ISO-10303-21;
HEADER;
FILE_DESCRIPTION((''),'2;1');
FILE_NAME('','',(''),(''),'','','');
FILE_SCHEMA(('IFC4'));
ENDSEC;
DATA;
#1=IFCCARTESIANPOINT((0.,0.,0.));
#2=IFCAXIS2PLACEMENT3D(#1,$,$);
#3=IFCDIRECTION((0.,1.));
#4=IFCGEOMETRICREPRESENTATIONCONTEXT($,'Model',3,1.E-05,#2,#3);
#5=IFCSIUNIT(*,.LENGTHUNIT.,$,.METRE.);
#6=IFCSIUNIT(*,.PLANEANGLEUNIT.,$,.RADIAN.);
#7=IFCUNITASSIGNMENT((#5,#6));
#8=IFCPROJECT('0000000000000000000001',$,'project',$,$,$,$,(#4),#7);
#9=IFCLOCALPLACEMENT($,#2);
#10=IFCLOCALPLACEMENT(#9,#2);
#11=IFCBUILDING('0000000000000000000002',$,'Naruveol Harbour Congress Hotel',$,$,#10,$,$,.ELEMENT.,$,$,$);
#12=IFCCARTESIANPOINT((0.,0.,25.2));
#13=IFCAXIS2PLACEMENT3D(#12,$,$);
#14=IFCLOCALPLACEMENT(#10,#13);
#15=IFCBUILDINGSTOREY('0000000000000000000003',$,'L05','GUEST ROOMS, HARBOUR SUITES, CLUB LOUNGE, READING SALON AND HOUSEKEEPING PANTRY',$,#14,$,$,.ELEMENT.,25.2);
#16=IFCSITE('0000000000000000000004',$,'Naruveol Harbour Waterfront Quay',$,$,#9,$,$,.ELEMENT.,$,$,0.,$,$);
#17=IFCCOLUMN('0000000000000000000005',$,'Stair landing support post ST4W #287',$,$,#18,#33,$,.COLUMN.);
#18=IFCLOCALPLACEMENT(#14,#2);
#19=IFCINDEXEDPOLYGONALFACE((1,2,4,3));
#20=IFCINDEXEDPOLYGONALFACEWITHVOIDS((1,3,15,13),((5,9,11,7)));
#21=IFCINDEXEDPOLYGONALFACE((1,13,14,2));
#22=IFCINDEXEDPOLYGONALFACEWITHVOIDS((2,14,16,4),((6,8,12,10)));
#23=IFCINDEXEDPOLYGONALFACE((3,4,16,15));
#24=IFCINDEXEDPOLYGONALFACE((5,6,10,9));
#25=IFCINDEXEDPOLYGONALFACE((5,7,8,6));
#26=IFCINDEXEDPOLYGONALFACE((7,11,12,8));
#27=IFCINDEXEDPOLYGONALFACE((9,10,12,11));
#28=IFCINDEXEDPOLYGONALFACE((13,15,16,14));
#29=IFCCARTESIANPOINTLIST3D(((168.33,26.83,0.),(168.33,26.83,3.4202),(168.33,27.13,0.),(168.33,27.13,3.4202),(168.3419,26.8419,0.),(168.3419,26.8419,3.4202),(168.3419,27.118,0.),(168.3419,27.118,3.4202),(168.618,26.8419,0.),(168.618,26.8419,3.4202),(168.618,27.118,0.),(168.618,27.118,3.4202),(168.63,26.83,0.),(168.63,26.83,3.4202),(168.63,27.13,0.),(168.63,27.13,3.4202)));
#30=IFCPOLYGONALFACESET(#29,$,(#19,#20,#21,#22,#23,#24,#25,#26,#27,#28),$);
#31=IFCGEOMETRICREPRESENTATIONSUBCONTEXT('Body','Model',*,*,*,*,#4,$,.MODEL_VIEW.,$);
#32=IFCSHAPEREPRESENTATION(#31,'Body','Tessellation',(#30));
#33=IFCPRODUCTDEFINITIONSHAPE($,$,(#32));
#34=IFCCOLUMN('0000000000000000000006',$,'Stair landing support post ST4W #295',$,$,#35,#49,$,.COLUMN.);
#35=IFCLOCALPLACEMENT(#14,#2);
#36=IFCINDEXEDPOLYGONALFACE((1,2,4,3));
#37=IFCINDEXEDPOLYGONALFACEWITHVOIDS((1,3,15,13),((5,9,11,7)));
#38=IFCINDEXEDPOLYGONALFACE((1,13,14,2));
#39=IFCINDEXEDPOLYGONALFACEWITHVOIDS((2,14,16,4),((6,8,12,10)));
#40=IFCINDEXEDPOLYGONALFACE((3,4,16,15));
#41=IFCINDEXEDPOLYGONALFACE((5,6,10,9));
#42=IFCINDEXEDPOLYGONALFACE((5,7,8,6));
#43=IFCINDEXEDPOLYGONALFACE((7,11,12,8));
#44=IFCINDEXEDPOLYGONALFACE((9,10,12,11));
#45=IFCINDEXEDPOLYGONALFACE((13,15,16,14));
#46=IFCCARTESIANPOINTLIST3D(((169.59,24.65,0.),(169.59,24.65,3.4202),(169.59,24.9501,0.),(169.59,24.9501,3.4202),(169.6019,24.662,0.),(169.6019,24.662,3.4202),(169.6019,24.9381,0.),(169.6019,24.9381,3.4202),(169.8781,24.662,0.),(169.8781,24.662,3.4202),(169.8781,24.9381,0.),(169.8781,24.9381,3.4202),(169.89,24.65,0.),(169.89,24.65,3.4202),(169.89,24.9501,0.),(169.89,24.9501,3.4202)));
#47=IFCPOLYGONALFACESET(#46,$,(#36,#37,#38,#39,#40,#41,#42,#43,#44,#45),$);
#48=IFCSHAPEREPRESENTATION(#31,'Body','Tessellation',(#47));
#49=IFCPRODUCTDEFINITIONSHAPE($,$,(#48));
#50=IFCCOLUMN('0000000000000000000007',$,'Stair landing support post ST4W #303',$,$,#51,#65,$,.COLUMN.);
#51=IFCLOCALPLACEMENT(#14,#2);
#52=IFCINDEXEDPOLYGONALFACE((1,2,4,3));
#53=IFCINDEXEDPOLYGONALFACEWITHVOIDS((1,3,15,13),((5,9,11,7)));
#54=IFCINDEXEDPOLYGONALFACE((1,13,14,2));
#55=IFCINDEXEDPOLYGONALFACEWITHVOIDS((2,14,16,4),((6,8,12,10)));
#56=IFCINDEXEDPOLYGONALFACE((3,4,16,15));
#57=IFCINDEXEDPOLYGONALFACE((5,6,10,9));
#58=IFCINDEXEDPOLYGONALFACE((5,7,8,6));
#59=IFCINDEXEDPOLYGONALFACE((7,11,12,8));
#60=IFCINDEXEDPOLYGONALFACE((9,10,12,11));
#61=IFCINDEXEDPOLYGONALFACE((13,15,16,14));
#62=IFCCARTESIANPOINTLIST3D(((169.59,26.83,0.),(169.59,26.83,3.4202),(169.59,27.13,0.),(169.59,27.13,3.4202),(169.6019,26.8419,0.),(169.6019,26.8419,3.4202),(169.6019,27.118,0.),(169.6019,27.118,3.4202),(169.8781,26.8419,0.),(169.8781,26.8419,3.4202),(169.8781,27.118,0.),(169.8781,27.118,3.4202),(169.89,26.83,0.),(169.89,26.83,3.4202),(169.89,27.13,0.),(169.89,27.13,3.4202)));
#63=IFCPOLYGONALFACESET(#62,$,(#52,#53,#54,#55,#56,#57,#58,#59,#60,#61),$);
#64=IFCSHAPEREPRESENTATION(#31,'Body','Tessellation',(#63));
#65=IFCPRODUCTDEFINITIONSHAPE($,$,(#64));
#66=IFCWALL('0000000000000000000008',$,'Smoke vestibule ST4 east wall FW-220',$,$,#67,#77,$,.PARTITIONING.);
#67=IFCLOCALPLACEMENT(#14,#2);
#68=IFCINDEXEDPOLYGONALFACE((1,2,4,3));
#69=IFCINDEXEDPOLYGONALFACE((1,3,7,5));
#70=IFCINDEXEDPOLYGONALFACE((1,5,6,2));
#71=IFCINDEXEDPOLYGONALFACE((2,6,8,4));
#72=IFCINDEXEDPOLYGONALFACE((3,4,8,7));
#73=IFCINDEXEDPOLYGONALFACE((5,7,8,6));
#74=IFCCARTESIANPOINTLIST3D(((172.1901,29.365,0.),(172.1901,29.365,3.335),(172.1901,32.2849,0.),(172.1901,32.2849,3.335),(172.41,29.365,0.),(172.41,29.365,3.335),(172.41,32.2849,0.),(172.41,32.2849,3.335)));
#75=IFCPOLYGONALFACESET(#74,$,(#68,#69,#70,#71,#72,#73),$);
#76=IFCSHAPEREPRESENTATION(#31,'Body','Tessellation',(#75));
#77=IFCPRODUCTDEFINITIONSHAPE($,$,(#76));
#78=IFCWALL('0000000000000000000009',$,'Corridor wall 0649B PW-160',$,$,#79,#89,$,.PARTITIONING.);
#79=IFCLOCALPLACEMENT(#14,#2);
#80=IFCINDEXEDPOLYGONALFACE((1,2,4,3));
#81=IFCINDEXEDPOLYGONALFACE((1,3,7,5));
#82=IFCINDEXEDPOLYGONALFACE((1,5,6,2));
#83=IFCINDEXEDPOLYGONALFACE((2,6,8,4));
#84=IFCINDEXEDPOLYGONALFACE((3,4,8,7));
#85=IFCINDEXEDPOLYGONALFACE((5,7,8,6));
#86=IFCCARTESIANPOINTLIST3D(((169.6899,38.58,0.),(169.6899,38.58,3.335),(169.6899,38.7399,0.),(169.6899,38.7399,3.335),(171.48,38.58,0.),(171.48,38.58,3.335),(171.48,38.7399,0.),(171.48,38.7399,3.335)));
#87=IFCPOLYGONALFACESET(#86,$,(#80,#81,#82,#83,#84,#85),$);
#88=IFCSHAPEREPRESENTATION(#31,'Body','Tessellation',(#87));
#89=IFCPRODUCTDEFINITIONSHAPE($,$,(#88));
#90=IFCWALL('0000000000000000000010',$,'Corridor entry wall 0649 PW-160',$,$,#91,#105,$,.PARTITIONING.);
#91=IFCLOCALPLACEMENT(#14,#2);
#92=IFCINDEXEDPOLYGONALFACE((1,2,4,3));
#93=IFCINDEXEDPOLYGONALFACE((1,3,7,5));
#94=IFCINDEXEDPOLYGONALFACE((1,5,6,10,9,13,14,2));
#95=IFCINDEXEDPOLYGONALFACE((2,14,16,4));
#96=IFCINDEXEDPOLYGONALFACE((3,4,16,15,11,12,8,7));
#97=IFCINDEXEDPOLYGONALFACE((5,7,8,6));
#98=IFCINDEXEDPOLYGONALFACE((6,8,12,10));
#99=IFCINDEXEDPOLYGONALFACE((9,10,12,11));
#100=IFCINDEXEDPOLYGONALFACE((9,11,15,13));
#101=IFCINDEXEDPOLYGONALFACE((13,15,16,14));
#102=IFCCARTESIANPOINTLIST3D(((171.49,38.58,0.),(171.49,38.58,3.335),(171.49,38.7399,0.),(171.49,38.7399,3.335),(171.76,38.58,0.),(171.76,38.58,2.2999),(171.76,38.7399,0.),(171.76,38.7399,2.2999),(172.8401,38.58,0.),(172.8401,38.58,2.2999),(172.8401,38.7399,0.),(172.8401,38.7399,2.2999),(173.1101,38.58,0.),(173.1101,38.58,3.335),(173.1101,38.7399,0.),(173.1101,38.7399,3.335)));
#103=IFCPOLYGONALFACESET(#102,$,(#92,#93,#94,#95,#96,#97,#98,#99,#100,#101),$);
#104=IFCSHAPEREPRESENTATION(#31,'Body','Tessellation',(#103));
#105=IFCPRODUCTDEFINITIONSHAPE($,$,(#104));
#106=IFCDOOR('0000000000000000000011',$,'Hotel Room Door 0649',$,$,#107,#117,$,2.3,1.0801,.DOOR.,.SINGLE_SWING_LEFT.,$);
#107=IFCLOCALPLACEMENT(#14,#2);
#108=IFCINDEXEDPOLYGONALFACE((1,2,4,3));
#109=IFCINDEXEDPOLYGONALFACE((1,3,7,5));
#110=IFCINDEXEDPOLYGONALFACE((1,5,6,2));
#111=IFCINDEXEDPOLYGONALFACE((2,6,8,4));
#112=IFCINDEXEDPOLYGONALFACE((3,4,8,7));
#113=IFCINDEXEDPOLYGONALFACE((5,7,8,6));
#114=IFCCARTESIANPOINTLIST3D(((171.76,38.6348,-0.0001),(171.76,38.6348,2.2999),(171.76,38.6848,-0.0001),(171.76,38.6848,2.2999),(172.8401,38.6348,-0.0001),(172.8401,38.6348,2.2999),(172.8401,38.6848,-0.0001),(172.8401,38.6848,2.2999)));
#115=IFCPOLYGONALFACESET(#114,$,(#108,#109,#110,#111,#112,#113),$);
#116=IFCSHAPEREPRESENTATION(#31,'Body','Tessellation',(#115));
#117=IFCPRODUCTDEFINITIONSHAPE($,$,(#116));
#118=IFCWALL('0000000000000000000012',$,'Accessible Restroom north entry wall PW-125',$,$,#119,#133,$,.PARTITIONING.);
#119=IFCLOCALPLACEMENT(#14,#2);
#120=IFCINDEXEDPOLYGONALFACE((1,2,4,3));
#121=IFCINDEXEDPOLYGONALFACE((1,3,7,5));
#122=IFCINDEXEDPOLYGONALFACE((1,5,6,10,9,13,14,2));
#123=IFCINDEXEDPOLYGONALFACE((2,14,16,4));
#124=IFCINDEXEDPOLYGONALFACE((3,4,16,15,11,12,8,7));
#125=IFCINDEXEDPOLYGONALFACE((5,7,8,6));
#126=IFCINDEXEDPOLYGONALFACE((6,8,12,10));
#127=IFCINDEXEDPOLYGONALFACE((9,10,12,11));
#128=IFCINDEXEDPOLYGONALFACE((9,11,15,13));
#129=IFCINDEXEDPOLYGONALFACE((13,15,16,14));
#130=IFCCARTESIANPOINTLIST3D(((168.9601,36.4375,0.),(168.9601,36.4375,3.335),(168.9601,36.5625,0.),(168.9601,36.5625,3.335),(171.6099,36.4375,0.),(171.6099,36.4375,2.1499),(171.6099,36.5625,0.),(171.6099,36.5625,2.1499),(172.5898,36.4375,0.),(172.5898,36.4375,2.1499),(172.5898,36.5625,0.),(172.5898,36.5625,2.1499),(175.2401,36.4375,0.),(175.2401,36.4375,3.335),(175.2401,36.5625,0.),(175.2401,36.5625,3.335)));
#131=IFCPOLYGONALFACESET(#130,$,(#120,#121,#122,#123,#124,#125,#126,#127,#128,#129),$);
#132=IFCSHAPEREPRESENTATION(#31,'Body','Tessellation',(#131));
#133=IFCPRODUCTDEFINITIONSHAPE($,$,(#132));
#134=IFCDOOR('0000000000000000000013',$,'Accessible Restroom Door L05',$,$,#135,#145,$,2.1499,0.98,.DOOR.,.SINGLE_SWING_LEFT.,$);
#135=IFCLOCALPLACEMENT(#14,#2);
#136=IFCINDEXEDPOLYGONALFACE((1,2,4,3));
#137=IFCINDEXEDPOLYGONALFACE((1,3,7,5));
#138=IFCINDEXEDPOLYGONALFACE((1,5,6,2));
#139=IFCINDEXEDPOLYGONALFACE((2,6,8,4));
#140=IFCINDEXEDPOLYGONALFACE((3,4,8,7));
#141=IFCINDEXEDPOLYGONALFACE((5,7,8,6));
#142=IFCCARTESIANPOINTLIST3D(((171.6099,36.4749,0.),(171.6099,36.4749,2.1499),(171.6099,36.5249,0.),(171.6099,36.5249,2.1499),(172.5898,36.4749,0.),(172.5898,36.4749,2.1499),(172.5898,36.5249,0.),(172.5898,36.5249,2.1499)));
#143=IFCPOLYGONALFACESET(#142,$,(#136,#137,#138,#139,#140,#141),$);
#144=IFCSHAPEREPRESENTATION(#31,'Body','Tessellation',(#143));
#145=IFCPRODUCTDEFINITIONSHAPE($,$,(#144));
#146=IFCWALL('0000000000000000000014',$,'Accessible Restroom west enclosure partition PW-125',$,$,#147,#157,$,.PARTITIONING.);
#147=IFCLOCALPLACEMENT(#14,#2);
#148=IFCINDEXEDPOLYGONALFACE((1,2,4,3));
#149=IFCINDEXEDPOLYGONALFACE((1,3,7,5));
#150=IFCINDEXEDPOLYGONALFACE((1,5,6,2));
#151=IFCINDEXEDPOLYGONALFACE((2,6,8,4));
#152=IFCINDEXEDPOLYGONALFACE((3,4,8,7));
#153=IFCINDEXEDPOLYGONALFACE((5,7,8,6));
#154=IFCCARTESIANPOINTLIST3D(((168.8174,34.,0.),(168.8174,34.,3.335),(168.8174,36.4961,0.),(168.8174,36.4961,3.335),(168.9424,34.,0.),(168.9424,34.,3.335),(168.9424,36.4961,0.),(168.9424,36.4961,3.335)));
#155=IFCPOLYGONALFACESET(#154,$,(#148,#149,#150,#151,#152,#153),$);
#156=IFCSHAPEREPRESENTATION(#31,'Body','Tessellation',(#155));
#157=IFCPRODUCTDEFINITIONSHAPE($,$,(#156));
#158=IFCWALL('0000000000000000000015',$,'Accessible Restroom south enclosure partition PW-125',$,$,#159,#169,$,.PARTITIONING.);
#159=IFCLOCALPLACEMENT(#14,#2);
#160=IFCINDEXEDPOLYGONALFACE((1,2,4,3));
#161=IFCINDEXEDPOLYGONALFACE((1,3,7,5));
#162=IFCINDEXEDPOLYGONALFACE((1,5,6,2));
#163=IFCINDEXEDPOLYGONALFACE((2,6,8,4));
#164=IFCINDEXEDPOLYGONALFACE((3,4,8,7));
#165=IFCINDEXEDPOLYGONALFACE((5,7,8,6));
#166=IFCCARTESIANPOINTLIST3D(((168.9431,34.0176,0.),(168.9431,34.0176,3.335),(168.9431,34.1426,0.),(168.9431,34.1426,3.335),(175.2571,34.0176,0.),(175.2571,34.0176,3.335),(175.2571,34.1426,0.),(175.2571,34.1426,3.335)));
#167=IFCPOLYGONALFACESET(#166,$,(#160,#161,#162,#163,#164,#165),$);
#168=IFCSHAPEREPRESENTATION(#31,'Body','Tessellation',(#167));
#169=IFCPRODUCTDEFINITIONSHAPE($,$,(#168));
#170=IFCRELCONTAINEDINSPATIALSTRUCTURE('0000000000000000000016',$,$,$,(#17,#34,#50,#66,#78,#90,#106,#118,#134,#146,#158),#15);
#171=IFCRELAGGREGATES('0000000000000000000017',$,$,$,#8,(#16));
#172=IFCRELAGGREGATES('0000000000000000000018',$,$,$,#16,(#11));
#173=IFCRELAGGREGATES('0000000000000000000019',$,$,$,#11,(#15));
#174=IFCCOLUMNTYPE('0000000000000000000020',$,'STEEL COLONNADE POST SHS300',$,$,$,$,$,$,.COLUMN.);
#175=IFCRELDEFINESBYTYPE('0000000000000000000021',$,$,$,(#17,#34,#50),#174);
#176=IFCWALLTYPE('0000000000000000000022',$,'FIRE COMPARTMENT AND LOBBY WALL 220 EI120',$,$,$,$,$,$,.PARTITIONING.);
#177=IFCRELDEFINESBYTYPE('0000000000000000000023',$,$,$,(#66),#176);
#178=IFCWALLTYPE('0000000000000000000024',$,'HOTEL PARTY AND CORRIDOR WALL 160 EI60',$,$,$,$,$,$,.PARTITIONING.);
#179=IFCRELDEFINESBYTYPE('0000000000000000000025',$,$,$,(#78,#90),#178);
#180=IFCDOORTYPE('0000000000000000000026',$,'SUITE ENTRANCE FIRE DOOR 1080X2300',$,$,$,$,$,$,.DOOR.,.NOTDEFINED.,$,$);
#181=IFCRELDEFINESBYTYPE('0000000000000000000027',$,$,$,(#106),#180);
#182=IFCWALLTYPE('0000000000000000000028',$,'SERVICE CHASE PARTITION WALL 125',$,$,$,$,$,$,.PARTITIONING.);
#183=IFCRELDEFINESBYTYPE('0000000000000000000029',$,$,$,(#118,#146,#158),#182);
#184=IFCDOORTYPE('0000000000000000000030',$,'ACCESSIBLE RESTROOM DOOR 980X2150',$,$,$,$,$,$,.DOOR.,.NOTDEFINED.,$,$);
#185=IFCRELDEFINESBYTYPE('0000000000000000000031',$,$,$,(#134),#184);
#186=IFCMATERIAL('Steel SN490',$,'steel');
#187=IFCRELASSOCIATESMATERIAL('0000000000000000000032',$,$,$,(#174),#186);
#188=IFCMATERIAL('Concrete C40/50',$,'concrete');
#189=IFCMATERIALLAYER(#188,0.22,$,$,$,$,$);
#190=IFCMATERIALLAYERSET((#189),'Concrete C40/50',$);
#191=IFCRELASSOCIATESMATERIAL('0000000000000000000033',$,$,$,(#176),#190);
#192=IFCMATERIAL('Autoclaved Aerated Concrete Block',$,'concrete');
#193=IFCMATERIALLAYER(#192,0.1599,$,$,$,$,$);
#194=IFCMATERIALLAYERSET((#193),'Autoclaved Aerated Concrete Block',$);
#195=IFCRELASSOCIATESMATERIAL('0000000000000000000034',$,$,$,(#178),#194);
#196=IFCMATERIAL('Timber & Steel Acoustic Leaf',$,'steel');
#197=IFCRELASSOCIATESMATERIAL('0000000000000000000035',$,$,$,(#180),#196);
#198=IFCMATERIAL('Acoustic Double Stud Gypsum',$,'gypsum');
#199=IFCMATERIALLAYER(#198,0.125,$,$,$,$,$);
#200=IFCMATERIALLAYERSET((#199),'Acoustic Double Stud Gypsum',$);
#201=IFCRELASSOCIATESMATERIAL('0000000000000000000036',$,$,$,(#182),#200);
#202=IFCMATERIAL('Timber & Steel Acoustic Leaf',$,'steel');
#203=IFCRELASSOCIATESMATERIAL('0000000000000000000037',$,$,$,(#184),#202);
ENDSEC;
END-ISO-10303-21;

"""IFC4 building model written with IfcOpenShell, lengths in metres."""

from ifc_helpers import new_model, si_unit, direction, frame, frame_2d, origin, origin_2d, place, context, subcontext, project, spatial, rectangle, hollow_rectangle, extrude, material, layer, layer_set, material_profile, profile_set, type_object, element, fill, save


model = new_model("IFC4")

# Units and contexts
model_context = context("Model", 3, precision=1e-05, world=origin(), true_north=direction((0.0, 1.0)))
body_context = subcontext(model_context, "Body", "Model", "MODEL_VIEW")
ifc_project = project(units=[si_unit("LENGTHUNIT", "METRE"), si_unit("PLANEANGLEUNIT", "RADIAN")], contexts=[model_context])

# Site, building, storey
site_placement = place(None, origin())
site = spatial("IfcSite", under=ifc_project, at=site_placement, Name="Naruveol Harbour Waterfront Quay", CompositionType="ELEMENT", RefElevation=0.0)
building_placement = place(site_placement, origin())
building = spatial("IfcBuilding", under=site, at=building_placement, Name="Naruveol Harbour Congress Hotel", CompositionType="ELEMENT")
storey_placement = place(building_placement, frame((0.0, 0.0, 25.2)))
storey = spatial("IfcBuildingStorey", under=building, at=storey_placement, Name="L05", Description="GUEST ROOMS, HARBOUR SUITES, CLUB LOUNGE, READING SALON AND HOUSEKEEPING PANTRY", CompositionType="ELEMENT", Elevation=25.2)

# Columns
ifc_material_1 = material(Name="Steel SN490", Category="steel")
ifc_material_profile = material_profile(ifc_material_1, hollow_rectangle(XDim=0.3, YDim=0.3, WallThickness=0.012, at=origin_2d()), Name="SHS-300x300x12")
ifc_profile_set = profile_set([ifc_material_profile], Name="Steel SN490")
column_type = type_object("IfcColumnType", Name="STEEL COLONNADE POST SHS300", PredefinedType="COLUMN", material=ifc_profile_set)
for number, where, z_axis, x_axis, name in (
    (1, (168.48, 26.98, 0.0), (0.0, 0.0, 1.0), (1.0, 0.0, 0.0), "Stair landing support post ST4W #287"),
    (2, (169.74, 24.8, 0.0), (0.0, 0.0, 1.0), (1.0, 0.0, 0.0), "Stair landing support post ST4W #295"),
    (3, (169.74, 26.98, 0.0), (0.0, 0.0, 1.0), (1.0, 0.0, 0.0), "Stair landing support post ST4W #303"),
):
    element("IfcColumn", number, at=place(storey_placement, frame(where, z_axis=z_axis, x_axis=x_axis)), inside=storey, type_object=column_type, Name=name, PredefinedType="COLUMN", context=body_context, shape_type="SweptSolid", body=[
        extrude(hollow_rectangle(XDim=0.3, YDim=0.3, WallThickness=0.012, at=origin_2d()), origin(), (0.0, 0.0, 1.0), 3.4202),
    ])

# Walls
ifc_material_2 = material(Name="Concrete C40/50", Category="concrete")
ifc_layer_1 = layer(ifc_material_2, 0.22)
ifc_layer_set_1 = layer_set([ifc_layer_1], Name="Concrete C40/50")
wall_type_1 = type_object("IfcWallType", Name="FIRE COMPARTMENT AND LOBBY WALL 220 EI120", PredefinedType="PARTITIONING", material=ifc_layer_set_1)
wall_1_placement = place(storey_placement, frame((172.3, 29.365, 0.0), z_axis=(0.0, 0.0, 1.0), x_axis=(0.0, 1.0, 0.0)))
element("IfcWall", 4, at=wall_1_placement, inside=storey, type_object=wall_type_1, Name="Smoke vestibule ST4 east wall FW-220", PredefinedType="PARTITIONING", context=body_context, shape_type="SweptSolid", body=[
    extrude(rectangle(XDim=2.9199, YDim=0.22, at=frame_2d((1.46, 0.0))), origin(), (0.0, 0.0, 1.0), 3.335),
])
ifc_material_3 = material(Name="Autoclaved Aerated Concrete Block", Category="concrete")
ifc_layer_2 = layer(ifc_material_3, 0.1599)
ifc_layer_set_2 = layer_set([ifc_layer_2], Name="Autoclaved Aerated Concrete Block")
wall_type_2 = type_object("IfcWallType", Name="HOTEL PARTY AND CORRIDOR WALL 160 EI60", PredefinedType="PARTITIONING", material=ifc_layer_set_2)
wall_2_placement = place(storey_placement, frame((169.6899, 38.6599, 0.0), z_axis=(0.0, 0.0, 1.0), x_axis=(1.0, 0.0, 0.0)))
element("IfcWall", 5, at=wall_2_placement, inside=storey, type_object=wall_type_2, Name="Corridor wall 0649B PW-160", PredefinedType="PARTITIONING", context=body_context, shape_type="SweptSolid", body=[
    extrude(rectangle(XDim=1.79, YDim=0.1599, at=frame_2d((0.895, 0.0))), origin(), (0.0, 0.0, 1.0), 3.335),
])

# Walls, openings, doors
wall_3_placement = place(storey_placement, frame((171.49, 38.6599, 0.0), z_axis=(0.0, 0.0, 1.0), x_axis=(1.0, 0.0, 0.0)))
wall_3 = element("IfcWall", 6, at=wall_3_placement, inside=storey, type_object=wall_type_2, Name="Corridor entry wall 0649 PW-160", PredefinedType="PARTITIONING", context=body_context, shape_type="SweptSolid", body=[
    extrude(rectangle(XDim=1.6201, YDim=0.1599, at=frame_2d((0.8101, 0.0))), origin(), (0.0, 0.0, 1.0), 3.335),
])
opening_1_placement = place(wall_3_placement, frame((0.27, 0.0, 0.0)))
opening_1 = element("IfcOpeningElement", 7, at=opening_1_placement, cuts=wall_3, PredefinedType="OPENING", context=body_context, shape_type="SweptSolid", body=[
    extrude(rectangle(XDim=1.0801, YDim=2.3, at=frame_2d((0.54, 1.1499))), frame((0.0, 0.0898, 0.0), z_axis=(0.0, -1.0, 0.0), x_axis=(1.0, 0.0, 0.0)), (0.0, 0.0, 1.0), 0.1799),
])
ifc_material_4 = material(Name="Timber & Steel Acoustic Leaf", Category="steel")
door_type_1 = type_object("IfcDoorType", Name="SUITE ENTRANCE FIRE DOOR 1080X2300", OperationType="NOTDEFINED", PredefinedType="DOOR", material=ifc_material_4)
door_1_placement = place(opening_1_placement, origin())
door_1 = element("IfcDoor", 8, at=door_1_placement, inside=storey, type_object=door_type_1, Name="Hotel Room Door 0649", OperationType="SINGLE_SWING_LEFT", OverallHeight=2.3, OverallWidth=1.0801, PredefinedType="DOOR", context=body_context, shape_type="SweptSolid", body=[
    extrude(rectangle(XDim=1.0801, YDim=2.3, at=frame_2d((0.54, 1.1499))), frame((0.0, 0.0249, 0.0), z_axis=(0.0, -1.0, 0.0), x_axis=(1.0, 0.0, 0.0)), (0.0, 0.0, 1.0), 0.05),
])
fill(opening_1, door_1)
ifc_material_5 = material(Name="Acoustic Double Stud Gypsum", Category="gypsum")
ifc_layer_3 = layer(ifc_material_5, 0.125)
ifc_layer_set_3 = layer_set([ifc_layer_3], Name="Acoustic Double Stud Gypsum")
wall_type_3 = type_object("IfcWallType", Name="SERVICE CHASE PARTITION WALL 125", PredefinedType="PARTITIONING", material=ifc_layer_set_3)
wall_4_placement = place(storey_placement, frame((168.96, 36.5, 0.0), z_axis=(0.0, 0.0, 1.0), x_axis=(1.0, 0.0, 0.0)))
wall_4 = element("IfcWall", 9, at=wall_4_placement, inside=storey, type_object=wall_type_3, Name="Accessible Restroom north entry wall PW-125", PredefinedType="PARTITIONING", context=body_context, shape_type="SweptSolid", body=[
    extrude(rectangle(XDim=6.28, YDim=0.125, at=frame_2d((3.1401, 0.0))), origin(), (0.0, 0.0, 1.0), 3.335),
])
opening_2_placement = place(wall_4_placement, frame((2.6499, 0.0, 0.0)))
opening_2 = element("IfcOpeningElement", 10, at=opening_2_placement, cuts=wall_4, PredefinedType="OPENING", context=body_context, shape_type="SweptSolid", body=[
    extrude(rectangle(XDim=0.98, YDim=2.1499, at=frame_2d((0.49, 1.075))), frame((0.0, 0.0725, 0.0), z_axis=(0.0, -1.0, 0.0), x_axis=(1.0, 0.0, 0.0)), (0.0, 0.0, 1.0), 0.145),
])
ifc_material_6 = material(Name="Timber & Steel Acoustic Leaf", Category="steel")
door_type_2 = type_object("IfcDoorType", Name="ACCESSIBLE RESTROOM DOOR 980X2150", OperationType="NOTDEFINED", PredefinedType="DOOR", material=ifc_material_6)
door_2_placement = place(opening_2_placement, origin())
door_2 = element("IfcDoor", 11, at=door_2_placement, inside=storey, type_object=door_type_2, Name="Accessible Restroom Door L05", OperationType="SINGLE_SWING_LEFT", OverallHeight=2.1499, OverallWidth=0.98, PredefinedType="DOOR", context=body_context, shape_type="SweptSolid", body=[
    extrude(rectangle(XDim=0.98, YDim=2.1499, at=frame_2d((0.49, 1.075))), frame((0.0, 0.0249, 0.0), z_axis=(0.0, -1.0, 0.0), x_axis=(1.0, 0.0, 0.0)), (0.0, 0.0, 1.0), 0.05),
])
fill(opening_2, door_2)

# Walls
wall_5_placement = place(storey_placement, frame((168.8799, 34.0, 0.0), z_axis=(0.0, 0.0, 1.0), x_axis=(0.0, 1.0, 0.0)))
element("IfcWall", 12, at=wall_5_placement, inside=storey, type_object=wall_type_3, Name="Accessible Restroom west enclosure partition PW-125", PredefinedType="PARTITIONING", context=body_context, shape_type="SweptSolid", body=[
    extrude(rectangle(XDim=2.4961, YDim=0.125, at=frame_2d((1.248, 0.0))), origin(), (0.0, 0.0, 1.0), 3.335),
])
wall_6_placement = place(storey_placement, frame((168.9431, 34.0801, 0.0), z_axis=(0.0, 0.0, 1.0), x_axis=(1.0, 0.0, 0.0)))
element("IfcWall", 13, at=wall_6_placement, inside=storey, type_object=wall_type_3, Name="Accessible Restroom south enclosure partition PW-125", PredefinedType="PARTITIONING", context=body_context, shape_type="SweptSolid", body=[
    extrude(rectangle(XDim=6.314, YDim=0.125, at=frame_2d((3.157, 0.0))), origin(), (0.0, 0.0, 1.0), 3.335),
])

save(model, "model.ifc")
